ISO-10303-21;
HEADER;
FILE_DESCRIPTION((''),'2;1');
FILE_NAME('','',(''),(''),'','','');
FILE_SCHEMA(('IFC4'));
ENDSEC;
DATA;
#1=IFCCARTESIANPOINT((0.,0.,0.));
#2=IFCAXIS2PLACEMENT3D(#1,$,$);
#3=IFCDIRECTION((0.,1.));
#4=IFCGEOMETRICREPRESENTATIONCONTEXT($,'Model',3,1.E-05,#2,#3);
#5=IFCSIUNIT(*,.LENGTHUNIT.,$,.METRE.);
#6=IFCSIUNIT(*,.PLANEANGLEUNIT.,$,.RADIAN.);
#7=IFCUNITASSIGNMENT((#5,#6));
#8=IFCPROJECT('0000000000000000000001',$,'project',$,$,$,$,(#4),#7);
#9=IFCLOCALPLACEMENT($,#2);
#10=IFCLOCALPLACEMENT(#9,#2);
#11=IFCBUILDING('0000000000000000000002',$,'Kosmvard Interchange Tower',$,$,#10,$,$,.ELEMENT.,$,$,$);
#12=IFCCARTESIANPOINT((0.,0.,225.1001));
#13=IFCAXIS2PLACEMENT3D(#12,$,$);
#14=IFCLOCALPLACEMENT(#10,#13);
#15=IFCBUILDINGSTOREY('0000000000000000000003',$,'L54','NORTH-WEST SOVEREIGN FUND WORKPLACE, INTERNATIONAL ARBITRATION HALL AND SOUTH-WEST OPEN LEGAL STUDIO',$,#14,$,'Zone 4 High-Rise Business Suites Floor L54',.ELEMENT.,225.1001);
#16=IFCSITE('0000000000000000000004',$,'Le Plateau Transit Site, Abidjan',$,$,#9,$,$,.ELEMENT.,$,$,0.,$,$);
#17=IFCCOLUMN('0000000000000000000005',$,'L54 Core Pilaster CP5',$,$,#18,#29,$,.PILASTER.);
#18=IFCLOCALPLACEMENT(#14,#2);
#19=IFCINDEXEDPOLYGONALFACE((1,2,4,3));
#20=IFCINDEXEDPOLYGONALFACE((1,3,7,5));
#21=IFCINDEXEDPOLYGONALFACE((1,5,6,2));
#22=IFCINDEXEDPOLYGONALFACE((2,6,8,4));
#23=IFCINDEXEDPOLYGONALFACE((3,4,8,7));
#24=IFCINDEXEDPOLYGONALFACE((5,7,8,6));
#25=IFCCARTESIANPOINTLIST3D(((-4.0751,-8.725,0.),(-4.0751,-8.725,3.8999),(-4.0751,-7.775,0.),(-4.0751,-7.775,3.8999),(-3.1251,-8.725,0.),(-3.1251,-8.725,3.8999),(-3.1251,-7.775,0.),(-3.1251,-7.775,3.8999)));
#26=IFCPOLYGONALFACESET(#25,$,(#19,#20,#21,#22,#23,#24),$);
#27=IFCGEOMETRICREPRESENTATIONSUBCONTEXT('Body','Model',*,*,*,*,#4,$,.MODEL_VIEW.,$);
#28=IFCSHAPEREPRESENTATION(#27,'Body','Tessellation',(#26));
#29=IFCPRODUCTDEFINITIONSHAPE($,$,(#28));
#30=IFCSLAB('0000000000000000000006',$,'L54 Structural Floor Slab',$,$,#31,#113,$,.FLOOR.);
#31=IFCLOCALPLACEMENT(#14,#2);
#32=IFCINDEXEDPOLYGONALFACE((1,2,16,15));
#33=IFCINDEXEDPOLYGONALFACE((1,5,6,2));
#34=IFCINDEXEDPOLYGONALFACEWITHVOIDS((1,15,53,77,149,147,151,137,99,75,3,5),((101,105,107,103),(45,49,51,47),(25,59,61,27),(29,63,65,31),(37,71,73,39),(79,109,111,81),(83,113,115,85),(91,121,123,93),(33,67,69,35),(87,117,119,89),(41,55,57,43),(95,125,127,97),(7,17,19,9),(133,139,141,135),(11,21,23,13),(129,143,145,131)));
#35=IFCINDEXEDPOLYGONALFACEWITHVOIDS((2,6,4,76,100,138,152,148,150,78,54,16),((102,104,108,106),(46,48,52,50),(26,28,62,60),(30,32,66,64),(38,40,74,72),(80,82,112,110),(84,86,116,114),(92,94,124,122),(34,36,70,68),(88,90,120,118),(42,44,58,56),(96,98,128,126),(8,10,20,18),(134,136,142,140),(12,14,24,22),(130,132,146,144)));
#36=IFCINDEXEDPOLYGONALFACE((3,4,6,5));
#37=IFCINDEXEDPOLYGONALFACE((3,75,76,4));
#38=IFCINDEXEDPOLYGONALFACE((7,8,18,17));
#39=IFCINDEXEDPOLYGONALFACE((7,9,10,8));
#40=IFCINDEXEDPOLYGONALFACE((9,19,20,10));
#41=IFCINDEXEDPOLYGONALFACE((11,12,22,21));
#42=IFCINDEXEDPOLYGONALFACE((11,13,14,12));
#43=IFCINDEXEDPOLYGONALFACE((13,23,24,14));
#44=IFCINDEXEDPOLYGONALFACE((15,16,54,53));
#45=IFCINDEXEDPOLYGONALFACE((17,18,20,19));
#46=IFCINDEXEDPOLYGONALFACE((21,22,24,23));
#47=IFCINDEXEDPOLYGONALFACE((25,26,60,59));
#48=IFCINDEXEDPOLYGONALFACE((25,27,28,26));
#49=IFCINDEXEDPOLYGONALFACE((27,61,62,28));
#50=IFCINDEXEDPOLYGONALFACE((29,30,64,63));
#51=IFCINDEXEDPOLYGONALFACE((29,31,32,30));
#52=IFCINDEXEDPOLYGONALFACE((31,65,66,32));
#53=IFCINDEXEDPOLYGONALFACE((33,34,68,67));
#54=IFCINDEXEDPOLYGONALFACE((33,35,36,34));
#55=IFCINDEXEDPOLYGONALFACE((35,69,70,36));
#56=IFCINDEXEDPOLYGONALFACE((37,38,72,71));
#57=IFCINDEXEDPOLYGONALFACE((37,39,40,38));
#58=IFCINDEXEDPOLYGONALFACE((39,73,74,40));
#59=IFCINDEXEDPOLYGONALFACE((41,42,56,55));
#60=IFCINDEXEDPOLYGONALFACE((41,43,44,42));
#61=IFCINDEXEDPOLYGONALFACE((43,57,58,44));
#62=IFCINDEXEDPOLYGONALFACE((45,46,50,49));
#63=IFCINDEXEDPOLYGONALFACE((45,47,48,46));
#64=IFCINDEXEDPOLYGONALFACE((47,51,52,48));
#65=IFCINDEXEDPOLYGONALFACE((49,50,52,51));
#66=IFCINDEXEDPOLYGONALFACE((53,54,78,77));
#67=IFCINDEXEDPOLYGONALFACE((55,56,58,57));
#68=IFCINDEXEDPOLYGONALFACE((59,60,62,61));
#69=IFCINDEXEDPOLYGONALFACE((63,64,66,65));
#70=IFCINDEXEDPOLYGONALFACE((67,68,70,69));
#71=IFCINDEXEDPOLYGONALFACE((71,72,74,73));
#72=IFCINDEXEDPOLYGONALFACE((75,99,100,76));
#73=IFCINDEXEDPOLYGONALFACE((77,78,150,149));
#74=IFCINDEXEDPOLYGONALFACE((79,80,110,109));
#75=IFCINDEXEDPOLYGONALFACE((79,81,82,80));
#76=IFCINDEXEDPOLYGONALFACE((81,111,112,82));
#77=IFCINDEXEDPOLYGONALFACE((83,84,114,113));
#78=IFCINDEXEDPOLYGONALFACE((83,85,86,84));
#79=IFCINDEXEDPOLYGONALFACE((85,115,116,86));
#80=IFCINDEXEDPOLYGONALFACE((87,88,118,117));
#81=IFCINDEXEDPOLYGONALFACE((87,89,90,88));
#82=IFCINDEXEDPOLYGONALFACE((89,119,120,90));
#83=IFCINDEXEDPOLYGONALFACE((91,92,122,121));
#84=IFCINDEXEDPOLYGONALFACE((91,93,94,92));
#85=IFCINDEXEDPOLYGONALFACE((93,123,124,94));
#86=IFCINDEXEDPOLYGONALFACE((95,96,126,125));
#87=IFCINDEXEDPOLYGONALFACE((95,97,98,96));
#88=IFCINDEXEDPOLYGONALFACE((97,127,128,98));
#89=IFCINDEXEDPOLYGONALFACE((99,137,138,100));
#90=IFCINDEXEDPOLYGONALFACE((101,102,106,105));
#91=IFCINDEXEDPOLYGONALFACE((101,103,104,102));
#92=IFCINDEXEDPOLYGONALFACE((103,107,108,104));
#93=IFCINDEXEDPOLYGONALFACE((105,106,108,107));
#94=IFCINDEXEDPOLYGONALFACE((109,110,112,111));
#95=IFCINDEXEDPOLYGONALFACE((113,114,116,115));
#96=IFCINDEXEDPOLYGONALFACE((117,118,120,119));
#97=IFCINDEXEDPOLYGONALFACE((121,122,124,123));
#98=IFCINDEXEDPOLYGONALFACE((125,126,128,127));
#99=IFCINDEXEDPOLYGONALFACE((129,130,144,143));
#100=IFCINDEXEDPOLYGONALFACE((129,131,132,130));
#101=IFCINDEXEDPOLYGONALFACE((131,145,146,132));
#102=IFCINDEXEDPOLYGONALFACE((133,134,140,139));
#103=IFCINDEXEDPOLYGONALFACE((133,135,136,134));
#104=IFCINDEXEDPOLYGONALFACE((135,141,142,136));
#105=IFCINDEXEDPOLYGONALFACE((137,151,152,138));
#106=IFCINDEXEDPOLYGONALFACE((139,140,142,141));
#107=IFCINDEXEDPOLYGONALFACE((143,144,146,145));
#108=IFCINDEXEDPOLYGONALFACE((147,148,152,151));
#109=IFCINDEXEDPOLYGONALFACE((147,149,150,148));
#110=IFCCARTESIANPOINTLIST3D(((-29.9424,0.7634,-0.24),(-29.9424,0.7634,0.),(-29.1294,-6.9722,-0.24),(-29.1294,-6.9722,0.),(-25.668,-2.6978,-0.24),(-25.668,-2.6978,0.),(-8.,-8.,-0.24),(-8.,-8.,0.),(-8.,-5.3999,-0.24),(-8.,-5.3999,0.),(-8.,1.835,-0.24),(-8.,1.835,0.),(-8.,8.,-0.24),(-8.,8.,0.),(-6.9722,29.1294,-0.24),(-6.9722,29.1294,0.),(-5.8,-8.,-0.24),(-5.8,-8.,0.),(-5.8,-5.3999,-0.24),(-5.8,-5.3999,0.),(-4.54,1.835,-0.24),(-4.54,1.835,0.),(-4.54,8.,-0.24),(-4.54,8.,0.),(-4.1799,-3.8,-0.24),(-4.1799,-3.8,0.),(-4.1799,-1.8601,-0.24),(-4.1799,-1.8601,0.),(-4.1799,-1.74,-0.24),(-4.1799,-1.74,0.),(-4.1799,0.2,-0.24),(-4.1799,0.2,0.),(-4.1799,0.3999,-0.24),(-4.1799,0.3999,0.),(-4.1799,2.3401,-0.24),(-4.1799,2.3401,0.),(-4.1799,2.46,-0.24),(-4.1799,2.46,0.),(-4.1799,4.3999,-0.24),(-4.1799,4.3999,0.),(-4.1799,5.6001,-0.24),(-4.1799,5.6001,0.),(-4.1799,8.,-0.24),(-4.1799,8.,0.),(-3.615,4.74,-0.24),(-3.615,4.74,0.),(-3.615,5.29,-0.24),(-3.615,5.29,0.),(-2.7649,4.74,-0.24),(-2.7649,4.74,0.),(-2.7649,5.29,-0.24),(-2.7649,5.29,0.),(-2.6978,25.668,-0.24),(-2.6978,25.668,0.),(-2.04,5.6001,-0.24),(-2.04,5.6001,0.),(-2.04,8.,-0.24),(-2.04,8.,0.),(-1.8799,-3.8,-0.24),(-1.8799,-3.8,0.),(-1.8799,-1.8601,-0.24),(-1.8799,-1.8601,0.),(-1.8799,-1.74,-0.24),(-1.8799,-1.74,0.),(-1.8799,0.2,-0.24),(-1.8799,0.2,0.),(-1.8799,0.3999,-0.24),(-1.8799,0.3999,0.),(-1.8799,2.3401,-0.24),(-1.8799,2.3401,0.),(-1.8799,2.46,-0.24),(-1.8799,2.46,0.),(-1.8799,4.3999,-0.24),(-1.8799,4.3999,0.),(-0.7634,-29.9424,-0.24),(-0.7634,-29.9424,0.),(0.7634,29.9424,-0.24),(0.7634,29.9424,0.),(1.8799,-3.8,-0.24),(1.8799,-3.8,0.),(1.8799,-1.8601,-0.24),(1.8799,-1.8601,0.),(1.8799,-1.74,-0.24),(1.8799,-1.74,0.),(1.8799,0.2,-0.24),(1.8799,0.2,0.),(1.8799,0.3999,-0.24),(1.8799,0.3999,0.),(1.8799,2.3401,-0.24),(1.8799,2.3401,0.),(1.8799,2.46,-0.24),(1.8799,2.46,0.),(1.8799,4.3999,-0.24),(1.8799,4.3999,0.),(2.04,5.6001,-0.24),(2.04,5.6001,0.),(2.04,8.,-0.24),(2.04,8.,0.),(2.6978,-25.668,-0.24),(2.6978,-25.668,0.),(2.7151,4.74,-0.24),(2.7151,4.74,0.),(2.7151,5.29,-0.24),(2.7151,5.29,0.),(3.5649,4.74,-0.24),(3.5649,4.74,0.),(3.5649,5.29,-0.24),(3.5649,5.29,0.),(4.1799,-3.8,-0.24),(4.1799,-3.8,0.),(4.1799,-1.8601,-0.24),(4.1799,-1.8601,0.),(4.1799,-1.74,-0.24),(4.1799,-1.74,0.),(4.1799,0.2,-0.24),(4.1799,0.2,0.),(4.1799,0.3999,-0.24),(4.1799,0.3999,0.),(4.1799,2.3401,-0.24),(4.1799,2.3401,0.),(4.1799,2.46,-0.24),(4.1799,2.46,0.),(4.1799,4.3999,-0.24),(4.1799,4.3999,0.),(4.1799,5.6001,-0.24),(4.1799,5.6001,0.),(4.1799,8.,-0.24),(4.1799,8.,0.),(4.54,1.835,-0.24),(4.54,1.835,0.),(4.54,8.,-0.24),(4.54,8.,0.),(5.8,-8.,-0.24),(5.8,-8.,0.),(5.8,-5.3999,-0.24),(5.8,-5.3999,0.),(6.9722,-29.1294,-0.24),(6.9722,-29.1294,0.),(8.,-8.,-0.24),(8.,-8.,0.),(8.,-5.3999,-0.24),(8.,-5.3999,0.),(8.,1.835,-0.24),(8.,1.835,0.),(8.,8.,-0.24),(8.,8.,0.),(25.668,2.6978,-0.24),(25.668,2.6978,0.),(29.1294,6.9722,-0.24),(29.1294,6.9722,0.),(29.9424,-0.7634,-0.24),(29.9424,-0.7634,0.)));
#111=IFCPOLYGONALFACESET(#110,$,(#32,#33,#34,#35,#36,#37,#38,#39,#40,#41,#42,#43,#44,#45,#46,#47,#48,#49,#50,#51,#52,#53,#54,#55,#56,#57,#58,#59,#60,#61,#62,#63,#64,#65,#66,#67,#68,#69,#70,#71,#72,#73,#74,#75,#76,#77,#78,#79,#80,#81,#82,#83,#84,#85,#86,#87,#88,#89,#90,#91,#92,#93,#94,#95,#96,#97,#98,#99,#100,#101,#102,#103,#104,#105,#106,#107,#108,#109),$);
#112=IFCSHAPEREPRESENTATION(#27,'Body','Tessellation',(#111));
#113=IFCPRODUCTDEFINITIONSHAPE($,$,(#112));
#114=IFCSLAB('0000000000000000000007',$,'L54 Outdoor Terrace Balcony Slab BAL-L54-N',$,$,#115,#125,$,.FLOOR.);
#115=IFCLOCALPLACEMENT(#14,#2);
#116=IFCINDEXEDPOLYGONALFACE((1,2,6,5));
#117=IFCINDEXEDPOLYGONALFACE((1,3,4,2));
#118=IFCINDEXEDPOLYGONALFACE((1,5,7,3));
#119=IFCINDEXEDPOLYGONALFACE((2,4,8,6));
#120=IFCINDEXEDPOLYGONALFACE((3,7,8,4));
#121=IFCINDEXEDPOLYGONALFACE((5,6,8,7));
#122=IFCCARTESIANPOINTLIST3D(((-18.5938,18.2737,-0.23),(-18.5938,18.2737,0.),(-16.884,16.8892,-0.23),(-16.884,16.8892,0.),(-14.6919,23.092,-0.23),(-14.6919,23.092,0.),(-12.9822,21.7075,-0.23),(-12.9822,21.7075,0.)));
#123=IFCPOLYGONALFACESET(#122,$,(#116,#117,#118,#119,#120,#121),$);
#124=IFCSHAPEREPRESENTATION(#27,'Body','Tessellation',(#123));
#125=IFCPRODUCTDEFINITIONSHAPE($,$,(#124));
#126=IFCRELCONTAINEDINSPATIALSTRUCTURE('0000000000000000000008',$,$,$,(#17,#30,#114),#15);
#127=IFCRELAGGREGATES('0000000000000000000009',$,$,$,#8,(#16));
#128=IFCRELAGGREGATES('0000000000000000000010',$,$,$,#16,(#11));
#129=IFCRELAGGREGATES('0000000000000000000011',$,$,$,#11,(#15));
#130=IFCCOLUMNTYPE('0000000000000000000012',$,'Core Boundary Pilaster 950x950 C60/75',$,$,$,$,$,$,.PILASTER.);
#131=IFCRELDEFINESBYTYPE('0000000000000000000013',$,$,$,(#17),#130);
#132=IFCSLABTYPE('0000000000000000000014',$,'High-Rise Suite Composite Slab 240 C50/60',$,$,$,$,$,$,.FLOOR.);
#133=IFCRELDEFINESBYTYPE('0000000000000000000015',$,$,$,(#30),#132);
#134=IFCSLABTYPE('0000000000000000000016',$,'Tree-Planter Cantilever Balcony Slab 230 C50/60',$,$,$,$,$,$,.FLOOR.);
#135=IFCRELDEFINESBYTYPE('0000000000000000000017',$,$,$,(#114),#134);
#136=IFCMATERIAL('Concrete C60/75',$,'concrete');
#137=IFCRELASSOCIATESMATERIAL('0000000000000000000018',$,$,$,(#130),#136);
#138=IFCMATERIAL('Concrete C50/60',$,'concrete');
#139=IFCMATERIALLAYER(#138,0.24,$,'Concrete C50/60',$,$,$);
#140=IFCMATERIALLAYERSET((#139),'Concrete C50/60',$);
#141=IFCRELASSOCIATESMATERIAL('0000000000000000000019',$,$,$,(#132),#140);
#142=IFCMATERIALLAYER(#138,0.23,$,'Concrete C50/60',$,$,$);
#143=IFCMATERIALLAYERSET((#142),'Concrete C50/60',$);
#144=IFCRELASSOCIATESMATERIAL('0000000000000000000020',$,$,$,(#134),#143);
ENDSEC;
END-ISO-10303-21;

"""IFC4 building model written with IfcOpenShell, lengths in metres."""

from ifc_helpers import new_model, si_unit, direction, frame, origin, origin_2d, place, context, subcontext, project, spatial, polyline, rectangle, outline, extrude, source, transform, mapped, material, layer, layer_set, material_profile, profile_set, type_object, element, save


model = new_model("IFC4")

# Units and contexts
model_context = context("Model", 3, precision=1e-05, world=origin(), true_north=direction((0.0, 1.0)))
body_context = subcontext(model_context, "Body", "Model", "MODEL_VIEW")
ifc_project = project(units=[si_unit("LENGTHUNIT", "METRE"), si_unit("PLANEANGLEUNIT", "RADIAN")], contexts=[model_context])

# Site, building, storey
site_placement = place(None, origin())
site = spatial("IfcSite", under=ifc_project, at=site_placement, Name="Le Plateau Transit Site, Abidjan", CompositionType="ELEMENT", RefElevation=0.0)
building_placement = place(site_placement, origin())
building = spatial("IfcBuilding", under=site, at=building_placement, Name="Kosmvard Interchange Tower", CompositionType="ELEMENT")
storey_placement = place(building_placement, frame((0.0, 0.0, 225.1001)))
storey = spatial("IfcBuildingStorey", under=building, at=storey_placement, Name="L54", Description="NORTH-WEST SOVEREIGN FUND WORKPLACE, INTERNATIONAL ARBITRATION HALL AND SOUTH-WEST OPEN LEGAL STUDIO", LongName="Zone 4 High-Rise Business Suites Floor L54", CompositionType="ELEMENT", Elevation=225.1001)

# Column
ifc_material_1 = material(Name="Concrete C60/75", Category="concrete")
ifc_material_profile = material_profile(ifc_material_1, rectangle(XDim=0.95, YDim=0.95, at=origin_2d()), Name="CP 950x950")
ifc_profile_set = profile_set([ifc_material_profile], Name="Concrete C60/75")
column_type = type_object("IfcColumnType", Name="Core Boundary Pilaster 950x950 C60/75", PredefinedType="PILASTER", material=ifc_profile_set)
shared_shape_1 = source(origin(), body_context, "Body", "SweptSolid", [
    extrude(rectangle(XDim=0.95, YDim=0.95, at=origin_2d()), origin(), (0.0, 0.0, 1.0), 3.8999),
])
column_placement = place(storey_placement, frame((-3.6001, -8.25, 0.0), z_axis=(0.0, 0.0, 1.0), x_axis=(1.0, 0.0, 0.0)))
element("IfcColumn", 1, at=column_placement, inside=storey, type_object=column_type, Name="L54 Core Pilaster CP5", PredefinedType="PILASTER", context=body_context, shape_type="MappedRepresentation", body=[
    mapped(shared_shape_1, transform((0.0, 0.0, 0.0), scale=1.0)),
])

# Slabs
ifc_material_2 = material(Name="Concrete C50/60", Category="concrete")
ifc_layer_1 = layer(ifc_material_2, 0.24, Name="Concrete C50/60")
ifc_layer_set_1 = layer_set([ifc_layer_1], Name="Concrete C50/60")
slab_type_1 = type_object("IfcSlabType", Name="High-Rise Suite Composite Slab 240 C50/60", PredefinedType="FLOOR", material=ifc_layer_set_1)
slab_1_placement = place(storey_placement, frame((0.0, 0.0, -0.24)))
element("IfcSlab", 2, at=slab_1_placement, inside=storey, type_object=slab_type_1, Name="L54 Structural Floor Slab", PredefinedType="FLOOR", context=body_context, shape_type="SweptSolid", body=[
    extrude(outline(polyline([(6.9722, -29.1294), (29.9424, -0.7634), (25.668, 2.6978), (29.1294, 6.9722), (0.7634, 29.9424), (-2.6978, 25.668), (-6.9722, 29.1294), (-29.9424, 0.7634), (-25.668, -2.6978), (-29.1294, -6.9722), (-0.7634, -29.9424), (2.6978, -25.668), (6.9722, -29.1294)]), holes=[polyline([(-8.0, 1.835), (-4.54, 1.835), (-4.54, 8.0), (-8.0, 8.0), (-8.0, 1.835)]), polyline([(4.54, 1.835), (8.0, 1.835), (8.0, 8.0), (4.54, 8.0), (4.54, 1.835)]), polyline([(-8.0, -8.0), (-5.8, -8.0), (-5.8, -5.3999), (-8.0, -5.3999), (-8.0, -8.0)]), polyline([(5.8, -8.0), (8.0, -8.0), (8.0, -5.3999), (5.8, -5.3999), (5.8, -8.0)]), polyline([(-4.1799, -3.8), (-1.8799, -3.8), (-1.8799, -1.8601), (-4.1799, -1.8601), (-4.1799, -3.8)]), polyline([(-4.1799, -1.74), (-1.8799, -1.74), (-1.8799, 0.2), (-4.1799, 0.2), (-4.1799, -1.74)]), polyline([(1.8799, -3.8), (4.1799, -3.8), (4.1799, -1.8601), (1.8799, -1.8601), (1.8799, -3.8)]), polyline([(1.8799, -1.74), (4.1799, -1.74), (4.1799, 0.2), (1.8799, 0.2), (1.8799, -1.74)]), polyline([(-4.1799, 0.3999), (-1.8799, 0.3999), (-1.8799, 2.3401), (-4.1799, 2.3401), (-4.1799, 0.3999)]), polyline([(-4.1799, 2.46), (-1.8799, 2.46), (-1.8799, 4.3999), (-4.1799, 4.3999), (-4.1799, 2.46)]), polyline([(1.8799, 0.3999), (4.1799, 0.3999), (4.1799, 2.3401), (1.8799, 2.3401), (1.8799, 0.3999)]), polyline([(1.8799, 2.46), (4.1799, 2.46), (4.1799, 4.3999), (1.8799, 4.3999), (1.8799, 2.46)]), polyline([(-4.1799, 5.6001), (-2.04, 5.6001), (-2.04, 8.0), (-4.1799, 8.0), (-4.1799, 5.6001)]), polyline([(2.04, 5.6001), (4.1799, 5.6001), (4.1799, 8.0), (2.04, 8.0), (2.04, 5.6001)]), polyline([(-3.615, 4.74), (-2.7649, 4.74), (-2.7649, 5.29), (-3.615, 5.29), (-3.615, 4.74)]), polyline([(2.7151, 4.74), (3.5649, 4.74), (3.5649, 5.29), (2.7151, 5.29), (2.7151, 4.74)])]), origin(), (0.0, 0.0, 1.0), 0.24),
])
ifc_layer_2 = layer(ifc_material_2, 0.23, Name="Concrete C50/60")
ifc_layer_set_2 = layer_set([ifc_layer_2], Name="Concrete C50/60")
slab_type_2 = type_object("IfcSlabType", Name="Tree-Planter Cantilever Balcony Slab 230 C50/60", PredefinedType="FLOOR", material=ifc_layer_set_2)
slab_2_placement = place(storey_placement, frame((0.0, 0.0, -0.23)))
element("IfcSlab", 3, at=slab_2_placement, inside=storey, type_object=slab_type_2, Name="L54 Outdoor Terrace Balcony Slab BAL-L54-N", PredefinedType="FLOOR", context=body_context, shape_type="SweptSolid", body=[
    extrude(outline(polyline([(-16.884, 16.8892), (-12.9822, 21.7075), (-14.6919, 23.092), (-18.5938, 18.2737), (-16.884, 16.8892)])), origin(), (0.0, 0.0, 1.0), 0.23),
])

save(model, "model.ifc")
